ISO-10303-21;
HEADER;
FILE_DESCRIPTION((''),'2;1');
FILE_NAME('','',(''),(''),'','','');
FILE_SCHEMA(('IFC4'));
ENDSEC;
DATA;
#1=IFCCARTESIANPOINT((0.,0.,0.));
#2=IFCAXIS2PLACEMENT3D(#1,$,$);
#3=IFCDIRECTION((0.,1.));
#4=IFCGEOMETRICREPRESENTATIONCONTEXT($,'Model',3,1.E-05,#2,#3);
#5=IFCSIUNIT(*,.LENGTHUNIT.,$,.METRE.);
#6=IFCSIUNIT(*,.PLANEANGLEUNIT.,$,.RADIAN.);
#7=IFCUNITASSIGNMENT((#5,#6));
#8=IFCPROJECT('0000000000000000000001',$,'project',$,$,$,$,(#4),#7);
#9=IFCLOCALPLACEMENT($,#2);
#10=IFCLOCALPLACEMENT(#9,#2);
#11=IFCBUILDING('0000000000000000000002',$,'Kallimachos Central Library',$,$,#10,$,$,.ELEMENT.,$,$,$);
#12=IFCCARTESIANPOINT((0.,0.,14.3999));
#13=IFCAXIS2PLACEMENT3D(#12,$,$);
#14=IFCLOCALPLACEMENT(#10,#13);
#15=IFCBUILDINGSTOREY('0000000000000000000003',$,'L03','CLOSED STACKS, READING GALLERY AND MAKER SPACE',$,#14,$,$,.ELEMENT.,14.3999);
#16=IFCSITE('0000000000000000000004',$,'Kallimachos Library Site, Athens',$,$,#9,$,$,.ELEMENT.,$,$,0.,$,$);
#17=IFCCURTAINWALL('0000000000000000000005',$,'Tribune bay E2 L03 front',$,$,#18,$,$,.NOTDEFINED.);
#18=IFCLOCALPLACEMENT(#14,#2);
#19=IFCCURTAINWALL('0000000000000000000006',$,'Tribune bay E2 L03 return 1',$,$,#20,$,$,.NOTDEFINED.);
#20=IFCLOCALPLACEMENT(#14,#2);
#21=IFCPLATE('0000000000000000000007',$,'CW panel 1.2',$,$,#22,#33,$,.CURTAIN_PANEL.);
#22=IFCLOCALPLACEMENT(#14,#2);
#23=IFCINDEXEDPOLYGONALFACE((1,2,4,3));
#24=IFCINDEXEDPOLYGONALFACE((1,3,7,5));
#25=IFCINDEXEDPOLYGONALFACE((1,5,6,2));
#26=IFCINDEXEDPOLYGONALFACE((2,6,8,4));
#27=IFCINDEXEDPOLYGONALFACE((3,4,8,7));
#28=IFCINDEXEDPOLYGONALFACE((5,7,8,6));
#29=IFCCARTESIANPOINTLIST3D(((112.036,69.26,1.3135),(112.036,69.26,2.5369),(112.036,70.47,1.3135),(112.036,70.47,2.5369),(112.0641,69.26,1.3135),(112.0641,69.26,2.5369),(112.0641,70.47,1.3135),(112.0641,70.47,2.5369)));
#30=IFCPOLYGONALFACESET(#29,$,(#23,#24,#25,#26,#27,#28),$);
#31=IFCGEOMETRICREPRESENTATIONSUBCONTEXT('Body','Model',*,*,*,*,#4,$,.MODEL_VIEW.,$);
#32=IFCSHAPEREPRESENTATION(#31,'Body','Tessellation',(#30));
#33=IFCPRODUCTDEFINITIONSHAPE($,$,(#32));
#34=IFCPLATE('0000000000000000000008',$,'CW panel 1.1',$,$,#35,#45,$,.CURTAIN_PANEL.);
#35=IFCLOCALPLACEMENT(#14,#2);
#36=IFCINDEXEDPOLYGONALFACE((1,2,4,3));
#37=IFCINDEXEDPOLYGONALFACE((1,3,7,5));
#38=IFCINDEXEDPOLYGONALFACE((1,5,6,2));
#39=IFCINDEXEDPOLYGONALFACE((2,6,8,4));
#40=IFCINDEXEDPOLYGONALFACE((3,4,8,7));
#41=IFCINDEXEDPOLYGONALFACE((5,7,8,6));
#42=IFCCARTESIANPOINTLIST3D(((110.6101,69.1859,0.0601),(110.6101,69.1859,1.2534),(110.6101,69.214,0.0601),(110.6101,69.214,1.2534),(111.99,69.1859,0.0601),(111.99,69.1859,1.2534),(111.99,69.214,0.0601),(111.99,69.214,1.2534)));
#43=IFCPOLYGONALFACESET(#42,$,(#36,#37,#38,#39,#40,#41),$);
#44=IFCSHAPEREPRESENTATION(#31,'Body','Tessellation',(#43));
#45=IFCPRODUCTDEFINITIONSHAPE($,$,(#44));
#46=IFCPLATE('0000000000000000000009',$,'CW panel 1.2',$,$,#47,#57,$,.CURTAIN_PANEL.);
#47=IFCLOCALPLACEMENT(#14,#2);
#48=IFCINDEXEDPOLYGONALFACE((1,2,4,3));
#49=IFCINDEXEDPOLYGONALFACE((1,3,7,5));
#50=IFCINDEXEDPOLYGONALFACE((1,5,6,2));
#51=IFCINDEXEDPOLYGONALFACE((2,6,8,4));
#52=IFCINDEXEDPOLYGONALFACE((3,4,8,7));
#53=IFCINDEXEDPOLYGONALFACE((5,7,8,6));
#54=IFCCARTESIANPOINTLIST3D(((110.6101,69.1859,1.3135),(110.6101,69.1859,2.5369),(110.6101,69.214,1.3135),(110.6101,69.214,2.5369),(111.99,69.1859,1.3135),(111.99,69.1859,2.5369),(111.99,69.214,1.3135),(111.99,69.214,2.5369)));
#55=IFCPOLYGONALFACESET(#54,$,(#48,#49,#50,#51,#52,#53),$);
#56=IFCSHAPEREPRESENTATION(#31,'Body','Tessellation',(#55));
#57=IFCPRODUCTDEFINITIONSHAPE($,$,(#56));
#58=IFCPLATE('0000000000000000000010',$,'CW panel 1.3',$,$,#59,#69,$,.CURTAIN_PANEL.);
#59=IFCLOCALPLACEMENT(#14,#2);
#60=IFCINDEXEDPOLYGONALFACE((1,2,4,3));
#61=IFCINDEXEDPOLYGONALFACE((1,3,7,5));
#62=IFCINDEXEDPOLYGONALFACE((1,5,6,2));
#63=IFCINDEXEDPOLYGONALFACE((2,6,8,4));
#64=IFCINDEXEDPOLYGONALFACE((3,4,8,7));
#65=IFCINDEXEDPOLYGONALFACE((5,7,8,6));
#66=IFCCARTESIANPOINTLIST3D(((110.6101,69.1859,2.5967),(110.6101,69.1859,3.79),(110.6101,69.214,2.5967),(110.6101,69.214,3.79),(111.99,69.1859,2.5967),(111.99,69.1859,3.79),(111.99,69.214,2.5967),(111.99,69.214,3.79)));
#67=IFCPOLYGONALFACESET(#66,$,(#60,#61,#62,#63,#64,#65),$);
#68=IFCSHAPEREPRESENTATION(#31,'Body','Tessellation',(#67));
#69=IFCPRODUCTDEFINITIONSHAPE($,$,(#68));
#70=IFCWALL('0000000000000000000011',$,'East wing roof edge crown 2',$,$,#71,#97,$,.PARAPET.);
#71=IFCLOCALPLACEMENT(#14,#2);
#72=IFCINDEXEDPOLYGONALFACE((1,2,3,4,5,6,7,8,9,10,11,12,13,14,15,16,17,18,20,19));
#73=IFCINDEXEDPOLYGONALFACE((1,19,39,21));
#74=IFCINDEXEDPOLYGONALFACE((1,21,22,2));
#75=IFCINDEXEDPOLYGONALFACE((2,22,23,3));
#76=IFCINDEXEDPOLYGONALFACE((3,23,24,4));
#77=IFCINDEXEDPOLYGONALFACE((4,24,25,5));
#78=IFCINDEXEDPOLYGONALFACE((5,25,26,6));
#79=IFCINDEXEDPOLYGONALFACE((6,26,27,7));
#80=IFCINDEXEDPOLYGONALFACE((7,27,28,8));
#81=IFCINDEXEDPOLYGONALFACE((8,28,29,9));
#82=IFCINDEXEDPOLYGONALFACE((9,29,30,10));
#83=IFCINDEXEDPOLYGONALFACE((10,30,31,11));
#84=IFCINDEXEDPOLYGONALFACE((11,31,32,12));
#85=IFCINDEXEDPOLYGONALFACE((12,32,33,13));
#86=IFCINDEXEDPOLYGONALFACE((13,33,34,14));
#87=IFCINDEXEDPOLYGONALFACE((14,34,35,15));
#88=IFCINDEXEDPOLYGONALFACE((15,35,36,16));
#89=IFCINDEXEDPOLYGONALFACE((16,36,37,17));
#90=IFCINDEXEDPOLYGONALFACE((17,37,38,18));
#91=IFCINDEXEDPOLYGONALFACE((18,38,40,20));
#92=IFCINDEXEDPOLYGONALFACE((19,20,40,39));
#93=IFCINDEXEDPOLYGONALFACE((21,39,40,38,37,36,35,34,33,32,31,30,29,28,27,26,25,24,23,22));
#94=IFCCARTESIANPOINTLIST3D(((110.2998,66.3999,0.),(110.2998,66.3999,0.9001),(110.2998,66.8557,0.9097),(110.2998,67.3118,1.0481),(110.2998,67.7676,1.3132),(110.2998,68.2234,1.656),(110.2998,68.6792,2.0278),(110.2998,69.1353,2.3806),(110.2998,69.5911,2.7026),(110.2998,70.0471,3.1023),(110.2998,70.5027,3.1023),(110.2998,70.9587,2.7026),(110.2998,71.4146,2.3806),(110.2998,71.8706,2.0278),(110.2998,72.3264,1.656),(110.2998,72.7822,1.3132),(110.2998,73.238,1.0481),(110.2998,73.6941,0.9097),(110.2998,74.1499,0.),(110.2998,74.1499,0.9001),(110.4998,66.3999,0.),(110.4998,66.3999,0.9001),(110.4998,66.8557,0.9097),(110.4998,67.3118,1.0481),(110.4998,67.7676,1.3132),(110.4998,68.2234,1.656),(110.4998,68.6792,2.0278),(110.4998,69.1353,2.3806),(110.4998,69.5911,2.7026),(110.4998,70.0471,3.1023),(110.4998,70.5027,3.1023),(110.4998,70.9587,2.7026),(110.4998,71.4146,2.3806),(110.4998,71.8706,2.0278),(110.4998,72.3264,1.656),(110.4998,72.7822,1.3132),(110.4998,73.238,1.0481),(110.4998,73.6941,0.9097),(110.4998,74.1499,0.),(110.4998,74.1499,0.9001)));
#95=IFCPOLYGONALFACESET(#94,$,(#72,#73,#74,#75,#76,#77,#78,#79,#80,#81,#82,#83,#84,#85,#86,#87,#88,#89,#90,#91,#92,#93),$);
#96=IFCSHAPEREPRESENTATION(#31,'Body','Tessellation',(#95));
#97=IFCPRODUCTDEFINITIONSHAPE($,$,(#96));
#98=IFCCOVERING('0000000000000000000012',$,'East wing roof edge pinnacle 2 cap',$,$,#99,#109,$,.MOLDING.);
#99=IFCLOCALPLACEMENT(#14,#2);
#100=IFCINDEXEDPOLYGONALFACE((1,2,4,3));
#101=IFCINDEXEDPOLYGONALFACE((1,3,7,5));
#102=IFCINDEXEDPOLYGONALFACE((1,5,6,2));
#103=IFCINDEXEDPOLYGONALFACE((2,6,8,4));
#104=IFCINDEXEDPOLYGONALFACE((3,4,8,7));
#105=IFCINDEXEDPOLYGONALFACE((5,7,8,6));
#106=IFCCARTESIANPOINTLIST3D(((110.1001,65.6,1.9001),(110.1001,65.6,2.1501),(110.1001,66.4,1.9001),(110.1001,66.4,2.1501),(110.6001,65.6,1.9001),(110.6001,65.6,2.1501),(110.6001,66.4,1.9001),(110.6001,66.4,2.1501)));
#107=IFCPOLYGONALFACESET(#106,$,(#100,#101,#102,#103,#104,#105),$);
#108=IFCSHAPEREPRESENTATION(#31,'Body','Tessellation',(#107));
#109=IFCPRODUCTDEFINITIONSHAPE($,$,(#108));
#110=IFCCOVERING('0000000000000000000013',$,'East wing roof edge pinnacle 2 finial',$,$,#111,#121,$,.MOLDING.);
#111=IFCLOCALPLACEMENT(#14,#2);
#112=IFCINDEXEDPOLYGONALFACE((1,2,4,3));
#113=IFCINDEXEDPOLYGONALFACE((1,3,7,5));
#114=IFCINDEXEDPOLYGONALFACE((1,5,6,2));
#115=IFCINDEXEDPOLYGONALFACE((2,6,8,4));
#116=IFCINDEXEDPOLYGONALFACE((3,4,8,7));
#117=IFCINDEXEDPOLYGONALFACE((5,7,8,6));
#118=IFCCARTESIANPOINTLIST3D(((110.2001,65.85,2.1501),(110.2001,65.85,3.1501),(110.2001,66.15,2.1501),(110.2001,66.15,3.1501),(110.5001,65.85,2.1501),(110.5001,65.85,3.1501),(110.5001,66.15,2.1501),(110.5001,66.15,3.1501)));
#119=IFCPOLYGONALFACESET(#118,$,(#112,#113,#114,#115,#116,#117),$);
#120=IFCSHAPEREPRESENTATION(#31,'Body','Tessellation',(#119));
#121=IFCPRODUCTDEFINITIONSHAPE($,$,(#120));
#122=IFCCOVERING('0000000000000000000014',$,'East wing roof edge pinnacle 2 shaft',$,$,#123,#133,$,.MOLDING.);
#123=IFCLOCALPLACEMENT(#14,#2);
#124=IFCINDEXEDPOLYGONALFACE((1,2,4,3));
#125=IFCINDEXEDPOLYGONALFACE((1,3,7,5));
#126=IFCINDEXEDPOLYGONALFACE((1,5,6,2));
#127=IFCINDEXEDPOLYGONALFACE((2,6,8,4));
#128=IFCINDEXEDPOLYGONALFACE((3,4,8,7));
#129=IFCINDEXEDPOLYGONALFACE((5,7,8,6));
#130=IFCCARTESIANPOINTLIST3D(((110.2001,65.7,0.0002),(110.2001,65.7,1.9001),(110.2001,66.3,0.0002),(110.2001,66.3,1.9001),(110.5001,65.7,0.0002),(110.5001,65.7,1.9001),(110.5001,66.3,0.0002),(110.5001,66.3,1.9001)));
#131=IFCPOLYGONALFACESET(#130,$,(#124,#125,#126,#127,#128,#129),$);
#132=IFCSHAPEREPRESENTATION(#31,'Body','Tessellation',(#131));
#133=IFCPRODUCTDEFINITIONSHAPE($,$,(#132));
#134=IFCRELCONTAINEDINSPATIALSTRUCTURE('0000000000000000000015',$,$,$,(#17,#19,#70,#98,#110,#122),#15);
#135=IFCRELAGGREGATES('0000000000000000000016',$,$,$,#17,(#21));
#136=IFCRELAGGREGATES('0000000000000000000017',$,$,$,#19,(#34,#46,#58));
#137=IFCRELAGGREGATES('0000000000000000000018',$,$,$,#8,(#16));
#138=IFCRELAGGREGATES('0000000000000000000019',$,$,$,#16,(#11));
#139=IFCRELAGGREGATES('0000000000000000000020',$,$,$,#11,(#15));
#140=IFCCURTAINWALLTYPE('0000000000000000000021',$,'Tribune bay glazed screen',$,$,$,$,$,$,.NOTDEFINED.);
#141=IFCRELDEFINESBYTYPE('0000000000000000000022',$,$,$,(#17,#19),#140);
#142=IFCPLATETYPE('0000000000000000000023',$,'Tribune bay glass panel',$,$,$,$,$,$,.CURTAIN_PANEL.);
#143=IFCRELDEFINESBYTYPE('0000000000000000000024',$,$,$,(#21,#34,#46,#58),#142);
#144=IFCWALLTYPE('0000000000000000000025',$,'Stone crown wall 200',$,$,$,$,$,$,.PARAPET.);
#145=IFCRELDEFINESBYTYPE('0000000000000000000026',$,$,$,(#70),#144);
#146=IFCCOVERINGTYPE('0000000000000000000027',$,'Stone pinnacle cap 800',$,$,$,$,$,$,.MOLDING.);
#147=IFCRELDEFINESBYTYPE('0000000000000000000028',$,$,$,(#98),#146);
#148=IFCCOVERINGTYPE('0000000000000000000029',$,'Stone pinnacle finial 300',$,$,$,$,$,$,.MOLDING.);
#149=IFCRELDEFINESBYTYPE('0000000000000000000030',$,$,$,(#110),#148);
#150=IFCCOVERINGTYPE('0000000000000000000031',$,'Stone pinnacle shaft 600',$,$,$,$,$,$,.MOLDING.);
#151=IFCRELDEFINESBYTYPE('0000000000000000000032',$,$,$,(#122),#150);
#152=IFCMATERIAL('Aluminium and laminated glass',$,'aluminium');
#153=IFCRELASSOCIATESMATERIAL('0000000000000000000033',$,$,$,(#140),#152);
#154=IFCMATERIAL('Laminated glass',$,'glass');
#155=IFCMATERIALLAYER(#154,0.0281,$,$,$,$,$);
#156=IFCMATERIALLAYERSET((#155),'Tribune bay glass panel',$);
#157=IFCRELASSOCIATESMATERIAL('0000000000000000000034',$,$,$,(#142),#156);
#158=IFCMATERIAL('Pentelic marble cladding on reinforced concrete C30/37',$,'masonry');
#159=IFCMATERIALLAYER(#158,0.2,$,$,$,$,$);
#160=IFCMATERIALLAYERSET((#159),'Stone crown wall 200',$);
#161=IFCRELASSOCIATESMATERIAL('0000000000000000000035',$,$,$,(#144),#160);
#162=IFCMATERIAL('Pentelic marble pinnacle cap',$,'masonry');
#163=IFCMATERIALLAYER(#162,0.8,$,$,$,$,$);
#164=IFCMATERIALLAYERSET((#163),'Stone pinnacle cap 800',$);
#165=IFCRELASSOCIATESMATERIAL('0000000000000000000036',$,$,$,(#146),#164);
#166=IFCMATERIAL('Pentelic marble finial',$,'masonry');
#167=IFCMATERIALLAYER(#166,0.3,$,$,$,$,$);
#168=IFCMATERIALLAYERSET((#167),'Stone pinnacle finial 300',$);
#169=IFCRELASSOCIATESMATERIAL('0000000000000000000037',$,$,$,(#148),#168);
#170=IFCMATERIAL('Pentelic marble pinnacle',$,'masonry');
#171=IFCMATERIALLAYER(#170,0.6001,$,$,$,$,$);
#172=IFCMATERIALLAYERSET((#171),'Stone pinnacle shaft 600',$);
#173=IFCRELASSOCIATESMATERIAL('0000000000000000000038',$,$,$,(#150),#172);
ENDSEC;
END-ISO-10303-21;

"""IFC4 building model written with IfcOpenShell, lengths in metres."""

from ifc_helpers import new_model, si_unit, direction, frame, origin, origin_2d, place, context, subcontext, project, spatial, polyline, rectangle, outline, extrude, material, layer, layer_set, type_object, element, aggregate, save


model = new_model("IFC4")

# Units and contexts
model_context = context("Model", 3, precision=1e-05, world=origin(), true_north=direction((0.0, 1.0)))
body_context = subcontext(model_context, "Body", "Model", "MODEL_VIEW")
ifc_project = project(units=[si_unit("LENGTHUNIT", "METRE"), si_unit("PLANEANGLEUNIT", "RADIAN")], contexts=[model_context])

# Site, building, storey
site_placement = place(None, origin())
site = spatial("IfcSite", under=ifc_project, at=site_placement, Name="Kallimachos Library Site, Athens", CompositionType="ELEMENT", RefElevation=0.0)
building_placement = place(site_placement, origin())
building = spatial("IfcBuilding", under=site, at=building_placement, Name="Kallimachos Central Library", CompositionType="ELEMENT")
storey_placement = place(building_placement, frame((0.0, 0.0, 14.3999)))
storey = spatial("IfcBuildingStorey", under=building, at=storey_placement, Name="L03", Description="CLOSED STACKS, READING GALLERY AND MAKER SPACE", CompositionType="ELEMENT", Elevation=14.3999)

# Curtain wall
ifc_material_1 = material(Name="Aluminium and laminated glass", Category="aluminium")
curtain_wall_type_1 = type_object("IfcCurtainWallType", Name="Tribune bay glazed screen", PredefinedType="NOTDEFINED", material=ifc_material_1)
curtain_wall_1_placement = place(storey_placement, origin())
curtain_wall_1 = element("IfcCurtainWall", 1, at=curtain_wall_1_placement, inside=storey, type_object=curtain_wall_type_1, Name="Tribune bay E2 L03 front", PredefinedType="NOTDEFINED")

# Curtain wall
curtain_wall_2_placement = place(storey_placement, origin())
curtain_wall_2 = element("IfcCurtainWall", 2, at=curtain_wall_2_placement, inside=storey, type_object=curtain_wall_type_1, Name="Tribune bay E2 L03 return 1", PredefinedType="NOTDEFINED")

# Plates
ifc_material_2 = material(Name="Laminated glass", Category="glass")
ifc_layer_1 = layer(ifc_material_2, 0.0281)
ifc_layer_set_1 = layer_set([ifc_layer_1], Name="Tribune bay glass panel")
plate_type_1 = type_object("IfcPlateType", Name="Tribune bay glass panel", PredefinedType="CURTAIN_PANEL", material=ifc_layer_set_1)
plate_1_placement = place(storey_placement, frame((112.05, 69.865, 1.3135), z_axis=(0.0, 0.0, 1.0), x_axis=(0.0, 1.0, 0.0)))
plate_1 = element("IfcPlate", 3, at=plate_1_placement, type_object=plate_type_1, Name="CW panel 1.2", PredefinedType="CURTAIN_PANEL", context=body_context, shape_type="SweptSolid", body=[
    extrude(rectangle(XDim=1.21, YDim=0.0281, at=origin_2d()), origin(), (0.0, 0.0, 1.0), 1.2234),
])
aggregate(curtain_wall_1, [plate_1])
plate_2_placement = place(storey_placement, frame((111.3, 69.2, 0.0601), z_axis=(0.0, 0.0, 1.0), x_axis=(1.0, 0.0, 0.0)))
plate_2 = element("IfcPlate", 4, at=plate_2_placement, type_object=plate_type_1, Name="CW panel 1.1", PredefinedType="CURTAIN_PANEL", context=body_context, shape_type="SweptSolid", body=[
    extrude(rectangle(XDim=1.3799, YDim=0.0281, at=origin_2d()), origin(), (0.0, 0.0, 1.0), 1.1934),
])
plate_3_placement = place(storey_placement, frame((111.3, 69.2, 1.3135), z_axis=(0.0, 0.0, 1.0), x_axis=(1.0, 0.0, 0.0)))
plate_3 = element("IfcPlate", 5, at=plate_3_placement, type_object=plate_type_1, Name="CW panel 1.2", PredefinedType="CURTAIN_PANEL", context=body_context, shape_type="SweptSolid", body=[
    extrude(rectangle(XDim=1.3799, YDim=0.0281, at=origin_2d()), origin(), (0.0, 0.0, 1.0), 1.2234),
])
plate_4_placement = place(storey_placement, frame((111.3, 69.2, 2.5967), z_axis=(0.0, 0.0, 1.0), x_axis=(1.0, 0.0, 0.0)))
plate_4 = element("IfcPlate", 6, at=plate_4_placement, type_object=plate_type_1, Name="CW panel 1.3", PredefinedType="CURTAIN_PANEL", context=body_context, shape_type="SweptSolid", body=[
    extrude(rectangle(XDim=1.3799, YDim=0.0281, at=origin_2d()), origin(), (0.0, 0.0, 1.0), 1.1934),
])
aggregate(curtain_wall_2, [plate_2, plate_3, plate_4])

# Wall
ifc_material_3 = material(Name="Pentelic marble cladding on reinforced concrete C30/37", Category="masonry")
ifc_layer_2 = layer(ifc_material_3, 0.2)
ifc_layer_set_2 = layer_set([ifc_layer_2], Name="Stone crown wall 200")
wall_type = type_object("IfcWallType", Name="Stone crown wall 200", PredefinedType="PARAPET", material=ifc_layer_set_2)
wall_placement = place(storey_placement, frame((110.3999, 66.3999, 0.0), z_axis=(0.0, 0.0, 1.0), x_axis=(0.0, 1.0, 0.0)))
element("IfcWall", 7, at=wall_placement, inside=storey, type_object=wall_type, Name="East wing roof edge crown 2", PredefinedType="PARAPET", context=body_context, shape_type="SweptSolid", body=[
    extrude(outline(polyline([(0.0, 0.0), (7.75, 0.0), (7.75, 0.9001), (7.2942, 0.9097), (6.8381, 1.0481), (6.3823, 1.3132), (5.9265, 1.656), (5.4707, 2.0278), (5.0146, 2.3806), (4.5588, 2.7026), (4.1028, 3.1023), (3.6472, 3.1023), (3.1912, 2.7026), (2.7354, 2.3806), (2.2793, 2.0278), (1.8235, 1.656), (1.3677, 1.3132), (0.9119, 1.0481), (0.4558, 0.9097), (0.0, 0.9001), (0.0, 0.0)])), frame((0.0, 0.1001, 0.0), z_axis=(0.0, -1.0, 0.0), x_axis=(1.0, 0.0, 0.0)), (0.0, 0.0, 1.0), 0.2),
])

# Coverings
ifc_material_4 = material(Name="Pentelic marble pinnacle cap", Category="masonry")
ifc_layer_3 = layer(ifc_material_4, 0.8)
ifc_layer_set_3 = layer_set([ifc_layer_3], Name="Stone pinnacle cap 800")
covering_type_1 = type_object("IfcCoveringType", Name="Stone pinnacle cap 800", PredefinedType="MOLDING", material=ifc_layer_set_3)
covering_1_placement = place(storey_placement, frame((110.3501, 66.0, 1.9001), z_axis=(0.0, 0.0, 1.0), x_axis=(1.0, 0.0, 0.0)))
element("IfcCovering", 8, at=covering_1_placement, inside=storey, type_object=covering_type_1, Name="East wing roof edge pinnacle 2 cap", PredefinedType="MOLDING", context=body_context, shape_type="SweptSolid", body=[
    extrude(rectangle(XDim=0.5, YDim=0.8, at=origin_2d()), origin(), (0.0, 0.0, 1.0), 0.25),
])
ifc_material_5 = material(Name="Pentelic marble finial", Category="masonry")
ifc_layer_4 = layer(ifc_material_5, 0.3)
ifc_layer_set_4 = layer_set([ifc_layer_4], Name="Stone pinnacle finial 300")
covering_type_2 = type_object("IfcCoveringType", Name="Stone pinnacle finial 300", PredefinedType="MOLDING", material=ifc_layer_set_4)
covering_2_placement = place(storey_placement, frame((110.3501, 66.0, 2.1501), z_axis=(0.0, 0.0, 1.0), x_axis=(1.0, 0.0, 0.0)))
element("IfcCovering", 9, at=covering_2_placement, inside=storey, type_object=covering_type_2, Name="East wing roof edge pinnacle 2 finial", PredefinedType="MOLDING", context=body_context, shape_type="SweptSolid", body=[
    extrude(rectangle(XDim=0.3, YDim=0.3, at=origin_2d()), origin(), (0.0, 0.0, 1.0), 1.0),
])
ifc_material_6 = material(Name="Pentelic marble pinnacle", Category="masonry")
ifc_layer_5 = layer(ifc_material_6, 0.6001)
ifc_layer_set_5 = layer_set([ifc_layer_5], Name="Stone pinnacle shaft 600")
covering_type_3 = type_object("IfcCoveringType", Name="Stone pinnacle shaft 600", PredefinedType="MOLDING", material=ifc_layer_set_5)
covering_3_placement = place(storey_placement, frame((110.3501, 66.0, 0.0002), z_axis=(0.0, 0.0, 1.0), x_axis=(1.0, 0.0, 0.0)))
element("IfcCovering", 10, at=covering_3_placement, inside=storey, type_object=covering_type_3, Name="East wing roof edge pinnacle 2 shaft", PredefinedType="MOLDING", context=body_context, shape_type="SweptSolid", body=[
    extrude(rectangle(XDim=0.3, YDim=0.6001, at=origin_2d()), origin(), (0.0, 0.0, 1.0), 1.8999),
])

save(model, "model.ifc")
